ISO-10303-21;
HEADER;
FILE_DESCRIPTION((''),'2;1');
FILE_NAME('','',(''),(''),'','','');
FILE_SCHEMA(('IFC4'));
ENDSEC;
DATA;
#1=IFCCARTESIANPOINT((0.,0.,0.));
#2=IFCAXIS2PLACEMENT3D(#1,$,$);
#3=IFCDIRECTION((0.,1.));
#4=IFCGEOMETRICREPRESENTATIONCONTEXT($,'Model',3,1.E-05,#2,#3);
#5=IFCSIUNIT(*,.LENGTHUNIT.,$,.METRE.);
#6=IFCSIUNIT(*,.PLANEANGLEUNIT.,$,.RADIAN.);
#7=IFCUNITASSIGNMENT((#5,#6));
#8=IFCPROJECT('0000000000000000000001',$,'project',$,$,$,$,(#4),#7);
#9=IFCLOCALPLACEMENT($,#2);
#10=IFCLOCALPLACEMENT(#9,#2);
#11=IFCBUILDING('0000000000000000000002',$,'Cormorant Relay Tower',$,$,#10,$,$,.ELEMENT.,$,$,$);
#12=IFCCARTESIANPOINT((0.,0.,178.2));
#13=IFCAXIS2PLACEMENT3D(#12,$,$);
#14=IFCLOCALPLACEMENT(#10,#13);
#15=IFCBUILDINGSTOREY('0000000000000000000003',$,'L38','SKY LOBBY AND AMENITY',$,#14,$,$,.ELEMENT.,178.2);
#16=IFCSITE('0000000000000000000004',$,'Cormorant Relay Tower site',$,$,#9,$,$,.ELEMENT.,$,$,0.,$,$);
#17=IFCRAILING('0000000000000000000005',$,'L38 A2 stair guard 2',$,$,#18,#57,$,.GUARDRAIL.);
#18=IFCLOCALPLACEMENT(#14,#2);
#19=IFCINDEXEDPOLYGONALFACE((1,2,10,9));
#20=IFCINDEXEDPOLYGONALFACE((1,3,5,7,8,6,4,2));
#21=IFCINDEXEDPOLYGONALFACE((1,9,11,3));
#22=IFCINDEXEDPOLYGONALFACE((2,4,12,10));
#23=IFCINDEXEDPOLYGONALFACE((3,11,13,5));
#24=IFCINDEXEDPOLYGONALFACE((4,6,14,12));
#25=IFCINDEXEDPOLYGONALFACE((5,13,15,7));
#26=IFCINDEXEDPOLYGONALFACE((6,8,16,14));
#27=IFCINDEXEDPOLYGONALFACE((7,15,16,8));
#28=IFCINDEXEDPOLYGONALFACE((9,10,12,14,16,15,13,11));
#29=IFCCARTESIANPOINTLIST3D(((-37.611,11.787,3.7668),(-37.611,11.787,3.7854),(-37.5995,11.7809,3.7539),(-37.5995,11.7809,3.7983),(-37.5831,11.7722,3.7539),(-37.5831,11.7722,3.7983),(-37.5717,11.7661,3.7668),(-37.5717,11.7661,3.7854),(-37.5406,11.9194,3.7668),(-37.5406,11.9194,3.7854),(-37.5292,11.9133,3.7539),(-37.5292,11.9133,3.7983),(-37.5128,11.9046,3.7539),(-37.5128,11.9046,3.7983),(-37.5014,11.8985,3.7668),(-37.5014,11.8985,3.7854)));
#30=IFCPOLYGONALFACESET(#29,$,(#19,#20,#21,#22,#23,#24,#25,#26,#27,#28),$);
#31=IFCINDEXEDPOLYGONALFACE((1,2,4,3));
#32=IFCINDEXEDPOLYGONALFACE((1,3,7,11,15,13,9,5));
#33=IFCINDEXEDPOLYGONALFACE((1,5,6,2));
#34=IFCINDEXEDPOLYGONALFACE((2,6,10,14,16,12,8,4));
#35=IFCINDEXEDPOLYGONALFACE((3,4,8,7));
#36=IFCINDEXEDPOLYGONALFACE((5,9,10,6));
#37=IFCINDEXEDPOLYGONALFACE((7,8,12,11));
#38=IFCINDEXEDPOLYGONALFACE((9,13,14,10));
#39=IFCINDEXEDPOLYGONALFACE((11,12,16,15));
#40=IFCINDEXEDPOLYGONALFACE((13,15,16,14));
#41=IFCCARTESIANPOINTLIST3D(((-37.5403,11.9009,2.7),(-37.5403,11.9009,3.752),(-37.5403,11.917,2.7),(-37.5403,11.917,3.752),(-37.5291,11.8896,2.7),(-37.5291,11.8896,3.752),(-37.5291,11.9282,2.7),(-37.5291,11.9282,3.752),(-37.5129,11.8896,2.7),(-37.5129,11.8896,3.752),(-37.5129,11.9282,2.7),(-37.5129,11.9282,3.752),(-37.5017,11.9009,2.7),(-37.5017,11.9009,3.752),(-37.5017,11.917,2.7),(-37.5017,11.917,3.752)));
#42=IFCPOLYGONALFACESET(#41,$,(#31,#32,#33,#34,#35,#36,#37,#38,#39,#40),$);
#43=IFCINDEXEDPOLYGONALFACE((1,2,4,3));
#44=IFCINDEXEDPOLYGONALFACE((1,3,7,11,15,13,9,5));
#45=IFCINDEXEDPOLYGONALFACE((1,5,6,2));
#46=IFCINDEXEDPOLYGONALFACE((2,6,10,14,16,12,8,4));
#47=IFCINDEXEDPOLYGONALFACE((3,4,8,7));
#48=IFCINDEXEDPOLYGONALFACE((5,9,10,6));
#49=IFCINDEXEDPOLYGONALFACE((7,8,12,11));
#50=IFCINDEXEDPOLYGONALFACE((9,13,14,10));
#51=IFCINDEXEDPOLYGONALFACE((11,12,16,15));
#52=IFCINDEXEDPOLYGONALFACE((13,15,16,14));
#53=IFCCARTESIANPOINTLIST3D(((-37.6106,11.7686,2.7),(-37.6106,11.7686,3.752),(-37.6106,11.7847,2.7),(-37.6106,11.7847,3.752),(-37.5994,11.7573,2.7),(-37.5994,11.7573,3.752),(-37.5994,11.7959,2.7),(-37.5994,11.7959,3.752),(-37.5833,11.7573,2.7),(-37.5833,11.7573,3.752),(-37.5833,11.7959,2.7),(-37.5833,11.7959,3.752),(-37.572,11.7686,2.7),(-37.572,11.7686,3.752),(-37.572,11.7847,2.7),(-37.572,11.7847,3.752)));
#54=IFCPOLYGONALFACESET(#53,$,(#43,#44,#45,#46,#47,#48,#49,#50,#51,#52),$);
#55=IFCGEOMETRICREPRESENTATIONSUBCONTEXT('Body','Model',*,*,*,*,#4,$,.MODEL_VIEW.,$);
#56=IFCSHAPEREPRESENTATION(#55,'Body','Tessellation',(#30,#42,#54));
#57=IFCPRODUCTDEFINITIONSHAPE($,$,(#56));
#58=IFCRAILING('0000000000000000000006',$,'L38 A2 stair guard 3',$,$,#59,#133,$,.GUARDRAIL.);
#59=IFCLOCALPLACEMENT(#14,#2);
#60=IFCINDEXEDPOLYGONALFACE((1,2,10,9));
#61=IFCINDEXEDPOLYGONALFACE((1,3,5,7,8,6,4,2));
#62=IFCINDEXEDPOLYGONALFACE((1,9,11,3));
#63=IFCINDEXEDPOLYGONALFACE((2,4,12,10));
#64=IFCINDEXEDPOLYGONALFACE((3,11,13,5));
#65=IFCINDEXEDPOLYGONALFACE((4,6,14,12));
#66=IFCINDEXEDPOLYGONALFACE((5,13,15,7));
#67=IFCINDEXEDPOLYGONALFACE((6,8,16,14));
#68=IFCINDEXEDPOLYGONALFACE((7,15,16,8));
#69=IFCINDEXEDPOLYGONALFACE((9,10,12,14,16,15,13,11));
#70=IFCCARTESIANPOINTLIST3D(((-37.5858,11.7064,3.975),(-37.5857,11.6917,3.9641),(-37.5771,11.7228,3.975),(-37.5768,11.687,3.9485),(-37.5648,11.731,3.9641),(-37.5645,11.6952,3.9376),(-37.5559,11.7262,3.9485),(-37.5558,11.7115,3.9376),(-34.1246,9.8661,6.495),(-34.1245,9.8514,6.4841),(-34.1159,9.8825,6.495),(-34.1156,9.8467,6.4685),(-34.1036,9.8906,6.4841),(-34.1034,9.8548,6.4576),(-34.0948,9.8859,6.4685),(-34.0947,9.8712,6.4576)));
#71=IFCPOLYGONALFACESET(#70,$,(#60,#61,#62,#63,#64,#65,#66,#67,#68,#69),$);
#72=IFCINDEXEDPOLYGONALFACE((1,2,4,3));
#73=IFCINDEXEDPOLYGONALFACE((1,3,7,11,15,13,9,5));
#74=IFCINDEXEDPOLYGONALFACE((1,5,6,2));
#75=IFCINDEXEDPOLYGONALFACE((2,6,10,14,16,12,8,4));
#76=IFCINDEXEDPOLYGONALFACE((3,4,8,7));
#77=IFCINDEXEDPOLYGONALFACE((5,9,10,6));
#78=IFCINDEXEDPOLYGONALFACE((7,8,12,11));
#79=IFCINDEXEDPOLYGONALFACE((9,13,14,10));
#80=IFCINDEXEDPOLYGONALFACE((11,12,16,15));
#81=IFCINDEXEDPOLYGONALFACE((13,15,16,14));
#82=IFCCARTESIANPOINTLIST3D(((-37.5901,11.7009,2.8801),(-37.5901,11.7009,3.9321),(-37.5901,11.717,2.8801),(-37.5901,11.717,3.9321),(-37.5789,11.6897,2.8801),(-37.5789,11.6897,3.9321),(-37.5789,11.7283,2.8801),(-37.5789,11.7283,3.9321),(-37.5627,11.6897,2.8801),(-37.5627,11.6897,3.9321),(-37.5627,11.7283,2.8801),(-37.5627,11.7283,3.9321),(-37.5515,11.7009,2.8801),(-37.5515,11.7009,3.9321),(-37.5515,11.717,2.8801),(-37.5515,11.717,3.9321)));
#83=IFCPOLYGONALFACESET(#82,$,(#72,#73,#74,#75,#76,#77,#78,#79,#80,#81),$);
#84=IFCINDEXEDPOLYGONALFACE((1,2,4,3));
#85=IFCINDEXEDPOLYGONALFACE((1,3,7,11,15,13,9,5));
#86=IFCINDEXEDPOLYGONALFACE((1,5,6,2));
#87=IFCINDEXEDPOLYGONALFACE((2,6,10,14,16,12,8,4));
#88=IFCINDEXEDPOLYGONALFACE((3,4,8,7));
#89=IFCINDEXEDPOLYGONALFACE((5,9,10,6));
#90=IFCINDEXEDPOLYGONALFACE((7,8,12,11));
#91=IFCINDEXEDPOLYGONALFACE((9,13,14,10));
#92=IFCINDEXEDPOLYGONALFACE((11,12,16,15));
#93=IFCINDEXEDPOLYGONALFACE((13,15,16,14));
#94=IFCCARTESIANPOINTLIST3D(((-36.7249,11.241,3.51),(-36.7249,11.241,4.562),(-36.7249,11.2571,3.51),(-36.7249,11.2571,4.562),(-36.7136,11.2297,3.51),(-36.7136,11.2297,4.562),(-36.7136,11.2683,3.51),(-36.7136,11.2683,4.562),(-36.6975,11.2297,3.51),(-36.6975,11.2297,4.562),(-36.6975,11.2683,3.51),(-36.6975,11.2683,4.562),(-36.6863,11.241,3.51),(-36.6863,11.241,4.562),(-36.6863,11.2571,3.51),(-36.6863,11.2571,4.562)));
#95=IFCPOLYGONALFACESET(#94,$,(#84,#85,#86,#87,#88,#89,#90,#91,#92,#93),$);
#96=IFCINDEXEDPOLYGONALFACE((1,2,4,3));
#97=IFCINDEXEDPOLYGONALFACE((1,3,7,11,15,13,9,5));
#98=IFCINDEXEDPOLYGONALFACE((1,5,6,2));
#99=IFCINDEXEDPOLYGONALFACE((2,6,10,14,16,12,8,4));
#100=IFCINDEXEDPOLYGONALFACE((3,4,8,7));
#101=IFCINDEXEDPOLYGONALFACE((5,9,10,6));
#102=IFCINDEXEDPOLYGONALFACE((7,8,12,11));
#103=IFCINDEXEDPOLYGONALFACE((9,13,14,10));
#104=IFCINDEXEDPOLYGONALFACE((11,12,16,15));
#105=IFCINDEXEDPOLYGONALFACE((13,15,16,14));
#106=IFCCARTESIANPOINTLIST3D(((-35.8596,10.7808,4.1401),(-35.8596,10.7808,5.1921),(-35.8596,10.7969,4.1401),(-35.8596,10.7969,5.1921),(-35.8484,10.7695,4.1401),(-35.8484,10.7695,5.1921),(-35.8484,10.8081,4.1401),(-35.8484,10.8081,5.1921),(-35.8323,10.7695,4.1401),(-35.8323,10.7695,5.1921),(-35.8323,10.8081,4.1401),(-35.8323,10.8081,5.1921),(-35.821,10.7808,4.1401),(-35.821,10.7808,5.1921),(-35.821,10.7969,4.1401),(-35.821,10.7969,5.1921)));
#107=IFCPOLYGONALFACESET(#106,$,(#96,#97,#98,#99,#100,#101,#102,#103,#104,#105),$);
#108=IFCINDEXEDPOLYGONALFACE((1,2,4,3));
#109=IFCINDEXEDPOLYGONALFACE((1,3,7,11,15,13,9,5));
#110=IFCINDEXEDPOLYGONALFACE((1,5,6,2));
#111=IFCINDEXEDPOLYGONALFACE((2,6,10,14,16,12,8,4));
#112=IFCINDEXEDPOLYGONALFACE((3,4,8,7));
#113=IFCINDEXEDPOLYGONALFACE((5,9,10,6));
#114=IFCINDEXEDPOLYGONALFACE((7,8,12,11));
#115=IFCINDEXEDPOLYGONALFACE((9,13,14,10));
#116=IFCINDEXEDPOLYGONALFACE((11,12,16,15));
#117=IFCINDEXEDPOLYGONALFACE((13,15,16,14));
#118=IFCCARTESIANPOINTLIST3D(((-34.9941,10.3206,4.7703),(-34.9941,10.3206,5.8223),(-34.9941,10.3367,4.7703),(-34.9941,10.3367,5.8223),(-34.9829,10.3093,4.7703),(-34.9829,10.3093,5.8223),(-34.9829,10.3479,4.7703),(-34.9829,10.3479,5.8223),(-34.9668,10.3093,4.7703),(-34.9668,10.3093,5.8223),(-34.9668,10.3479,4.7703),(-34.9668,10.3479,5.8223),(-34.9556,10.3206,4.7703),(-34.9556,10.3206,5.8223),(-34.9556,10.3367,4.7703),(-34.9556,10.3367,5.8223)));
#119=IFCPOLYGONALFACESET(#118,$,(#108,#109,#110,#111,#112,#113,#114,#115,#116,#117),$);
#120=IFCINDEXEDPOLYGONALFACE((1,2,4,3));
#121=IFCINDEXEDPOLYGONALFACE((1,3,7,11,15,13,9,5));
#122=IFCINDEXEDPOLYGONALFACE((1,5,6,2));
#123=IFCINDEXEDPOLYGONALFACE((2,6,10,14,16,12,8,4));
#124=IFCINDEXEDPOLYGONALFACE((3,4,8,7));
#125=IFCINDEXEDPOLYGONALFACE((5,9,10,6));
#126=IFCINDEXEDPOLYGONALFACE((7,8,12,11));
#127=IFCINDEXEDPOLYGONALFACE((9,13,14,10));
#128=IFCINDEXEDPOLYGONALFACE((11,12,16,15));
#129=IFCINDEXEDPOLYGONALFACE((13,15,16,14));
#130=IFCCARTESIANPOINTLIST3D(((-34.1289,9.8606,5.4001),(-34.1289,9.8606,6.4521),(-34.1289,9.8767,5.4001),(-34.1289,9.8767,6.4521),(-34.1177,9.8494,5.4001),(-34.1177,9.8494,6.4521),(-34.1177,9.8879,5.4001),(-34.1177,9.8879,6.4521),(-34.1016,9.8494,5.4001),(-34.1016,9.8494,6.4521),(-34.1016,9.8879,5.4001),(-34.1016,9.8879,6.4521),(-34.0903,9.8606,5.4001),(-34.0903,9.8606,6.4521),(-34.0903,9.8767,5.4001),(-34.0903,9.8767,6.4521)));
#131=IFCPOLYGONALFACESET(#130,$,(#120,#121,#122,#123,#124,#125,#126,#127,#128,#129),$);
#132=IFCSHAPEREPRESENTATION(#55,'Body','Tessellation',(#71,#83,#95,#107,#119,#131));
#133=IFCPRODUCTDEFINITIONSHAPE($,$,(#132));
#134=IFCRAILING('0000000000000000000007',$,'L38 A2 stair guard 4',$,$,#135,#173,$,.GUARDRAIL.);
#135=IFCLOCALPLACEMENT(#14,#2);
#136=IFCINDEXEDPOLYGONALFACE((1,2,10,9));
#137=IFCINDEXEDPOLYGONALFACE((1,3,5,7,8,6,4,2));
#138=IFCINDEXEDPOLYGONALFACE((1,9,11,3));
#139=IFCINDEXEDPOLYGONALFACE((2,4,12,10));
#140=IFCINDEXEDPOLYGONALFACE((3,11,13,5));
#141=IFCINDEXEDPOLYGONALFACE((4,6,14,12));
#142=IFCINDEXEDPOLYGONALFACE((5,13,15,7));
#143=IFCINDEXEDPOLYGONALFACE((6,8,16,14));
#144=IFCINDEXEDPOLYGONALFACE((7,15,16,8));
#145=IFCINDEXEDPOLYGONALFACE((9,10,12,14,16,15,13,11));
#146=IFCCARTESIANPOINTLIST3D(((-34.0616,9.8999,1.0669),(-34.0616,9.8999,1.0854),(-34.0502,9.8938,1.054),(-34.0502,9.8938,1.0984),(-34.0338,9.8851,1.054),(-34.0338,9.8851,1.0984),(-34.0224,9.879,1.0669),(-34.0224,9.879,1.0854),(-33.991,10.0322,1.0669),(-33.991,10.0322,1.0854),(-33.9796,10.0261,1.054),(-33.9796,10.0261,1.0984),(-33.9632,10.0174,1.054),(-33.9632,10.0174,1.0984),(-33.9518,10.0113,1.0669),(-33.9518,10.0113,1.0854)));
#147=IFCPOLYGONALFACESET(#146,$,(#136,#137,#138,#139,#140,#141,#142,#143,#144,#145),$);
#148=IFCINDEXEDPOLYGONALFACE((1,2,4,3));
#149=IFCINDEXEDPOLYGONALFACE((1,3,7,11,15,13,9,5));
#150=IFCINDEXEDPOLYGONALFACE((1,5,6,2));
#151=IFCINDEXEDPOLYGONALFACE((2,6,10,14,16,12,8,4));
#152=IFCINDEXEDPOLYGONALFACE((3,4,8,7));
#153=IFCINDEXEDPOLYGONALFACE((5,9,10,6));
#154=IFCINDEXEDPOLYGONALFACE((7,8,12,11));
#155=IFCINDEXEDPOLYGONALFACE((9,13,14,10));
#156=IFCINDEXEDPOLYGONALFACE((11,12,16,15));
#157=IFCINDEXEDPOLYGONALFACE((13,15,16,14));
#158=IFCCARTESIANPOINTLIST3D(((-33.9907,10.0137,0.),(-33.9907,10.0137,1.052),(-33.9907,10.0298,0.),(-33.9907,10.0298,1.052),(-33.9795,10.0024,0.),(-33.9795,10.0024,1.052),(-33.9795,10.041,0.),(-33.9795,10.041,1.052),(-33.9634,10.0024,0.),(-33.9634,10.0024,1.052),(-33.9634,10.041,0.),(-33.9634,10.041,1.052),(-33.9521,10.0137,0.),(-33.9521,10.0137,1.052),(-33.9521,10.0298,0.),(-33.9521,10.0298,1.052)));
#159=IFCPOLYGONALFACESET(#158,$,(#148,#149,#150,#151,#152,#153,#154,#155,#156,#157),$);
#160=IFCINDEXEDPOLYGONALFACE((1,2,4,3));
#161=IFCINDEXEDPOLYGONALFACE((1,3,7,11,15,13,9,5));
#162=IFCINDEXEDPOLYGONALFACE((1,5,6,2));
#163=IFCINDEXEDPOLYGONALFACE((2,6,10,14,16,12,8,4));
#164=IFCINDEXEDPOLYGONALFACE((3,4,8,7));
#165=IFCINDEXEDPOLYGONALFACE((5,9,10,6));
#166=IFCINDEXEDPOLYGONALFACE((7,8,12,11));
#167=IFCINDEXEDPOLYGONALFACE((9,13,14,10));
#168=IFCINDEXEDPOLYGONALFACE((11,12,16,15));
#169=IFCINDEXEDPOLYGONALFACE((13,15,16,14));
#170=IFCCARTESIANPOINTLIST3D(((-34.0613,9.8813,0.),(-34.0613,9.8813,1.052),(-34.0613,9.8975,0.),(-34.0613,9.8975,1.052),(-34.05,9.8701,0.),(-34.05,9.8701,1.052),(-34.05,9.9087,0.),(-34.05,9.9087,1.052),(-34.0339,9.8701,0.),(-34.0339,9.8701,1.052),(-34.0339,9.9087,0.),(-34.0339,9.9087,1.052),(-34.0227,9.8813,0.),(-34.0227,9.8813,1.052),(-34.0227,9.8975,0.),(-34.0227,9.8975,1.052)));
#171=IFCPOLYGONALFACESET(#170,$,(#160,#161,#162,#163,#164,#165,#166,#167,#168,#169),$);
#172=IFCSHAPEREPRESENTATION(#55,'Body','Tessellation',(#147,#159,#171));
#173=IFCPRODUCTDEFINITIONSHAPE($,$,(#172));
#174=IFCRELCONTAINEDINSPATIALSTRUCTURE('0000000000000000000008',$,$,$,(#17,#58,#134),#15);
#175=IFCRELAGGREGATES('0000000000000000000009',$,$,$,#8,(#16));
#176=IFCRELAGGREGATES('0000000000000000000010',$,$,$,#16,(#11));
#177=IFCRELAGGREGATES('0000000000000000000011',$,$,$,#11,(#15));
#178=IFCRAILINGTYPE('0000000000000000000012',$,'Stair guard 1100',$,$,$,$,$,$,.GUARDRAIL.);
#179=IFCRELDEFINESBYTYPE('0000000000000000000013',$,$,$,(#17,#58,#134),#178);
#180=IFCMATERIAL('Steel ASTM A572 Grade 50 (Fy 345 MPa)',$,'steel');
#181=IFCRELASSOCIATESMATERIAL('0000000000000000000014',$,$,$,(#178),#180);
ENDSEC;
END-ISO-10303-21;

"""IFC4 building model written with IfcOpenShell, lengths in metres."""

from ifc_helpers import new_model, si_unit, direction, frame, origin, place, context, subcontext, project, spatial, polyline, outline, extrude, material, type_object, element, save


model = new_model("IFC4")

# Units and contexts
model_context = context("Model", 3, precision=1e-05, world=origin(), true_north=direction((0.0, 1.0)))
body_context = subcontext(model_context, "Body", "Model", "MODEL_VIEW")
ifc_project = project(units=[si_unit("LENGTHUNIT", "METRE"), si_unit("PLANEANGLEUNIT", "RADIAN")], contexts=[model_context])

# Site, building, storey
site_placement = place(None, origin())
site = spatial("IfcSite", under=ifc_project, at=site_placement, Name="Cormorant Relay Tower site", CompositionType="ELEMENT", RefElevation=0.0)
building_placement = place(site_placement, origin())
building = spatial("IfcBuilding", under=site, at=building_placement, Name="Cormorant Relay Tower", CompositionType="ELEMENT")
storey_placement = place(building_placement, frame((0.0, 0.0, 178.2)))
storey = spatial("IfcBuildingStorey", under=building, at=storey_placement, Name="L38", Description="SKY LOBBY AND AMENITY", CompositionType="ELEMENT", Elevation=178.2)

# Railings
ifc_material_1 = material(Name="Steel ASTM A572 Grade 50 (Fy 345 MPa)", Category="steel")
railing_type_1 = type_object("IfcRailingType", Name="Stair guard 1100", PredefinedType="GUARDRAIL", material=ifc_material_1)
railing_1_placement = place(storey_placement, frame((-37.521, 11.9089, 2.7)))
element("IfcRailing", 1, at=railing_1_placement, inside=storey, type_object=railing_type_1, Name="L38 A2 stair guard 2", PredefinedType="GUARDRAIL", context=body_context, shape_type="SweptSolid", body=[
    extrude(outline(polyline([(0.0222, 0.0093), (0.0093, 0.0222), (-0.0093, 0.0222), (-0.0222, 0.0093), (-0.0222, -0.0093), (-0.0093, -0.0222), (0.0093, -0.0222), (0.0222, -0.0093), (0.0222, 0.0093)])), frame((0.0, 0.0, 1.0762), z_axis=(-0.469235, -0.883074, 0.0), x_axis=(0.883074, -0.469235, 0.0)), (0.0, 0.0, 1.0), 0.1499),
    extrude(outline(polyline([(0.0193, 0.0081), (0.0081, 0.0193), (-0.0081, 0.0193), (-0.0193, 0.0081), (-0.0193, -0.0081), (-0.0081, -0.0193), (0.0081, -0.0193), (0.0193, -0.0081), (0.0193, 0.0081)])), origin(), (0.0, 0.0, 1.0), 1.052),
    extrude(outline(polyline([(0.0193, 0.0081), (0.0081, 0.0193), (-0.0081, 0.0193), (-0.0193, 0.0081), (-0.0193, -0.0081), (-0.0081, -0.0193), (0.0081, -0.0193), (0.0193, -0.0081), (0.0193, 0.0081)])), frame((-0.0703, -0.1323, 0.0)), (0.0, 0.0, 1.0), 1.052),
])
railing_2_placement = place(storey_placement, frame((-37.5708, 11.709, 2.8801)))
element("IfcRailing", 2, at=railing_2_placement, inside=storey, type_object=railing_type_1, Name="L38 A2 stair guard 3", PredefinedType="GUARDRAIL", context=body_context, shape_type="SweptSolid", body=[
    extrude(outline(polyline([(0.0222, 0.0093), (0.0093, 0.0222), (-0.0093, 0.0222), (-0.0222, 0.0093), (-0.0222, -0.0093), (-0.0093, -0.0222), (0.0093, -0.0222), (0.0222, -0.0093), (0.0222, 0.0093)])), frame((0.0, 0.0, 1.0762), z_axis=(0.742717, -0.394907, 0.540758), x_axis=(0.469469, 0.882949, 0.0)), (0.0, 0.0, 1.0), 4.6602),
    extrude(outline(polyline([(0.0193, 0.0081), (0.0081, 0.0193), (-0.0081, 0.0193), (-0.0193, 0.0081), (-0.0193, -0.0081), (-0.0081, -0.0193), (0.0081, -0.0193), (0.0193, -0.0081), (0.0193, 0.0081)])), origin(), (0.0, 0.0, 1.0), 1.052),
    extrude(outline(polyline([(0.0193, 0.0081), (0.0081, 0.0193), (-0.0081, 0.0193), (-0.0193, 0.0081), (-0.0193, -0.0081), (-0.0081, -0.0193), (0.0081, -0.0193), (0.0193, -0.0081), (0.0193, 0.0081)])), frame((0.8652, -0.46, 0.6299)), (0.0, 0.0, 1.0), 1.052),
    extrude(outline(polyline([(0.0193, 0.0081), (0.0081, 0.0193), (-0.0081, 0.0193), (-0.0193, 0.0081), (-0.0193, -0.0081), (-0.0081, -0.0193), (0.0081, -0.0193), (0.0193, -0.0081), (0.0193, 0.0081)])), frame((1.7305, -0.9202, 1.26)), (0.0, 0.0, 1.0), 1.052),
    extrude(outline(polyline([(0.0193, 0.0081), (0.0081, 0.0193), (-0.0081, 0.0193), (-0.0193, 0.0081), (-0.0193, -0.0081), (-0.0081, -0.0193), (0.0081, -0.0193), (0.0193, -0.0081), (0.0193, 0.0081)])), frame((2.5959, -1.3804, 1.8901)), (0.0, 0.0, 1.0), 1.052),
    extrude(outline(polyline([(0.0193, 0.0081), (0.0081, 0.0193), (-0.0081, 0.0193), (-0.0193, 0.0081), (-0.0193, -0.0081), (-0.0081, -0.0193), (0.0081, -0.0193), (0.0193, -0.0081), (0.0193, 0.0081)])), frame((3.4612, -1.8403, 2.52)), (0.0, 0.0, 1.0), 1.052),
])
railing_3_placement = place(storey_placement, frame((-33.9714, 10.0217, 0.0)))
element("IfcRailing", 3, at=railing_3_placement, inside=storey, type_object=railing_type_1, Name="L38 A2 stair guard 4", PredefinedType="GUARDRAIL", context=body_context, shape_type="SweptSolid", body=[
    extrude(outline(polyline([(0.0222, 0.0093), (0.0093, 0.0222), (-0.0093, 0.0222), (-0.0222, 0.0093), (-0.0222, -0.0093), (-0.0093, -0.0222), (0.0093, -0.0222), (0.0222, -0.0093), (0.0222, 0.0093)])), frame((0.0, 0.0, 1.0762), z_axis=(-0.470504, -0.882398, 0.0), x_axis=(0.882398, -0.470504, 0.0)), (0.0, 0.0, 1.0), 0.1499),
    extrude(outline(polyline([(0.0193, 0.0081), (0.0081, 0.0193), (-0.0081, 0.0193), (-0.0193, 0.0081), (-0.0193, -0.0081), (-0.0081, -0.0193), (0.0081, -0.0193), (0.0193, -0.0081), (0.0193, 0.0081)])), origin(), (0.0, 0.0, 1.0), 1.052),
    extrude(outline(polyline([(0.0193, 0.0081), (0.0081, 0.0193), (-0.0081, 0.0193), (-0.0193, 0.0081), (-0.0193, -0.0081), (-0.0081, -0.0193), (0.0081, -0.0193), (0.0193, -0.0081), (0.0193, 0.0081)])), frame((-0.0706, -0.1323, 0.0)), (0.0, 0.0, 1.0), 1.052),
])

save(model, "model.ifc")
